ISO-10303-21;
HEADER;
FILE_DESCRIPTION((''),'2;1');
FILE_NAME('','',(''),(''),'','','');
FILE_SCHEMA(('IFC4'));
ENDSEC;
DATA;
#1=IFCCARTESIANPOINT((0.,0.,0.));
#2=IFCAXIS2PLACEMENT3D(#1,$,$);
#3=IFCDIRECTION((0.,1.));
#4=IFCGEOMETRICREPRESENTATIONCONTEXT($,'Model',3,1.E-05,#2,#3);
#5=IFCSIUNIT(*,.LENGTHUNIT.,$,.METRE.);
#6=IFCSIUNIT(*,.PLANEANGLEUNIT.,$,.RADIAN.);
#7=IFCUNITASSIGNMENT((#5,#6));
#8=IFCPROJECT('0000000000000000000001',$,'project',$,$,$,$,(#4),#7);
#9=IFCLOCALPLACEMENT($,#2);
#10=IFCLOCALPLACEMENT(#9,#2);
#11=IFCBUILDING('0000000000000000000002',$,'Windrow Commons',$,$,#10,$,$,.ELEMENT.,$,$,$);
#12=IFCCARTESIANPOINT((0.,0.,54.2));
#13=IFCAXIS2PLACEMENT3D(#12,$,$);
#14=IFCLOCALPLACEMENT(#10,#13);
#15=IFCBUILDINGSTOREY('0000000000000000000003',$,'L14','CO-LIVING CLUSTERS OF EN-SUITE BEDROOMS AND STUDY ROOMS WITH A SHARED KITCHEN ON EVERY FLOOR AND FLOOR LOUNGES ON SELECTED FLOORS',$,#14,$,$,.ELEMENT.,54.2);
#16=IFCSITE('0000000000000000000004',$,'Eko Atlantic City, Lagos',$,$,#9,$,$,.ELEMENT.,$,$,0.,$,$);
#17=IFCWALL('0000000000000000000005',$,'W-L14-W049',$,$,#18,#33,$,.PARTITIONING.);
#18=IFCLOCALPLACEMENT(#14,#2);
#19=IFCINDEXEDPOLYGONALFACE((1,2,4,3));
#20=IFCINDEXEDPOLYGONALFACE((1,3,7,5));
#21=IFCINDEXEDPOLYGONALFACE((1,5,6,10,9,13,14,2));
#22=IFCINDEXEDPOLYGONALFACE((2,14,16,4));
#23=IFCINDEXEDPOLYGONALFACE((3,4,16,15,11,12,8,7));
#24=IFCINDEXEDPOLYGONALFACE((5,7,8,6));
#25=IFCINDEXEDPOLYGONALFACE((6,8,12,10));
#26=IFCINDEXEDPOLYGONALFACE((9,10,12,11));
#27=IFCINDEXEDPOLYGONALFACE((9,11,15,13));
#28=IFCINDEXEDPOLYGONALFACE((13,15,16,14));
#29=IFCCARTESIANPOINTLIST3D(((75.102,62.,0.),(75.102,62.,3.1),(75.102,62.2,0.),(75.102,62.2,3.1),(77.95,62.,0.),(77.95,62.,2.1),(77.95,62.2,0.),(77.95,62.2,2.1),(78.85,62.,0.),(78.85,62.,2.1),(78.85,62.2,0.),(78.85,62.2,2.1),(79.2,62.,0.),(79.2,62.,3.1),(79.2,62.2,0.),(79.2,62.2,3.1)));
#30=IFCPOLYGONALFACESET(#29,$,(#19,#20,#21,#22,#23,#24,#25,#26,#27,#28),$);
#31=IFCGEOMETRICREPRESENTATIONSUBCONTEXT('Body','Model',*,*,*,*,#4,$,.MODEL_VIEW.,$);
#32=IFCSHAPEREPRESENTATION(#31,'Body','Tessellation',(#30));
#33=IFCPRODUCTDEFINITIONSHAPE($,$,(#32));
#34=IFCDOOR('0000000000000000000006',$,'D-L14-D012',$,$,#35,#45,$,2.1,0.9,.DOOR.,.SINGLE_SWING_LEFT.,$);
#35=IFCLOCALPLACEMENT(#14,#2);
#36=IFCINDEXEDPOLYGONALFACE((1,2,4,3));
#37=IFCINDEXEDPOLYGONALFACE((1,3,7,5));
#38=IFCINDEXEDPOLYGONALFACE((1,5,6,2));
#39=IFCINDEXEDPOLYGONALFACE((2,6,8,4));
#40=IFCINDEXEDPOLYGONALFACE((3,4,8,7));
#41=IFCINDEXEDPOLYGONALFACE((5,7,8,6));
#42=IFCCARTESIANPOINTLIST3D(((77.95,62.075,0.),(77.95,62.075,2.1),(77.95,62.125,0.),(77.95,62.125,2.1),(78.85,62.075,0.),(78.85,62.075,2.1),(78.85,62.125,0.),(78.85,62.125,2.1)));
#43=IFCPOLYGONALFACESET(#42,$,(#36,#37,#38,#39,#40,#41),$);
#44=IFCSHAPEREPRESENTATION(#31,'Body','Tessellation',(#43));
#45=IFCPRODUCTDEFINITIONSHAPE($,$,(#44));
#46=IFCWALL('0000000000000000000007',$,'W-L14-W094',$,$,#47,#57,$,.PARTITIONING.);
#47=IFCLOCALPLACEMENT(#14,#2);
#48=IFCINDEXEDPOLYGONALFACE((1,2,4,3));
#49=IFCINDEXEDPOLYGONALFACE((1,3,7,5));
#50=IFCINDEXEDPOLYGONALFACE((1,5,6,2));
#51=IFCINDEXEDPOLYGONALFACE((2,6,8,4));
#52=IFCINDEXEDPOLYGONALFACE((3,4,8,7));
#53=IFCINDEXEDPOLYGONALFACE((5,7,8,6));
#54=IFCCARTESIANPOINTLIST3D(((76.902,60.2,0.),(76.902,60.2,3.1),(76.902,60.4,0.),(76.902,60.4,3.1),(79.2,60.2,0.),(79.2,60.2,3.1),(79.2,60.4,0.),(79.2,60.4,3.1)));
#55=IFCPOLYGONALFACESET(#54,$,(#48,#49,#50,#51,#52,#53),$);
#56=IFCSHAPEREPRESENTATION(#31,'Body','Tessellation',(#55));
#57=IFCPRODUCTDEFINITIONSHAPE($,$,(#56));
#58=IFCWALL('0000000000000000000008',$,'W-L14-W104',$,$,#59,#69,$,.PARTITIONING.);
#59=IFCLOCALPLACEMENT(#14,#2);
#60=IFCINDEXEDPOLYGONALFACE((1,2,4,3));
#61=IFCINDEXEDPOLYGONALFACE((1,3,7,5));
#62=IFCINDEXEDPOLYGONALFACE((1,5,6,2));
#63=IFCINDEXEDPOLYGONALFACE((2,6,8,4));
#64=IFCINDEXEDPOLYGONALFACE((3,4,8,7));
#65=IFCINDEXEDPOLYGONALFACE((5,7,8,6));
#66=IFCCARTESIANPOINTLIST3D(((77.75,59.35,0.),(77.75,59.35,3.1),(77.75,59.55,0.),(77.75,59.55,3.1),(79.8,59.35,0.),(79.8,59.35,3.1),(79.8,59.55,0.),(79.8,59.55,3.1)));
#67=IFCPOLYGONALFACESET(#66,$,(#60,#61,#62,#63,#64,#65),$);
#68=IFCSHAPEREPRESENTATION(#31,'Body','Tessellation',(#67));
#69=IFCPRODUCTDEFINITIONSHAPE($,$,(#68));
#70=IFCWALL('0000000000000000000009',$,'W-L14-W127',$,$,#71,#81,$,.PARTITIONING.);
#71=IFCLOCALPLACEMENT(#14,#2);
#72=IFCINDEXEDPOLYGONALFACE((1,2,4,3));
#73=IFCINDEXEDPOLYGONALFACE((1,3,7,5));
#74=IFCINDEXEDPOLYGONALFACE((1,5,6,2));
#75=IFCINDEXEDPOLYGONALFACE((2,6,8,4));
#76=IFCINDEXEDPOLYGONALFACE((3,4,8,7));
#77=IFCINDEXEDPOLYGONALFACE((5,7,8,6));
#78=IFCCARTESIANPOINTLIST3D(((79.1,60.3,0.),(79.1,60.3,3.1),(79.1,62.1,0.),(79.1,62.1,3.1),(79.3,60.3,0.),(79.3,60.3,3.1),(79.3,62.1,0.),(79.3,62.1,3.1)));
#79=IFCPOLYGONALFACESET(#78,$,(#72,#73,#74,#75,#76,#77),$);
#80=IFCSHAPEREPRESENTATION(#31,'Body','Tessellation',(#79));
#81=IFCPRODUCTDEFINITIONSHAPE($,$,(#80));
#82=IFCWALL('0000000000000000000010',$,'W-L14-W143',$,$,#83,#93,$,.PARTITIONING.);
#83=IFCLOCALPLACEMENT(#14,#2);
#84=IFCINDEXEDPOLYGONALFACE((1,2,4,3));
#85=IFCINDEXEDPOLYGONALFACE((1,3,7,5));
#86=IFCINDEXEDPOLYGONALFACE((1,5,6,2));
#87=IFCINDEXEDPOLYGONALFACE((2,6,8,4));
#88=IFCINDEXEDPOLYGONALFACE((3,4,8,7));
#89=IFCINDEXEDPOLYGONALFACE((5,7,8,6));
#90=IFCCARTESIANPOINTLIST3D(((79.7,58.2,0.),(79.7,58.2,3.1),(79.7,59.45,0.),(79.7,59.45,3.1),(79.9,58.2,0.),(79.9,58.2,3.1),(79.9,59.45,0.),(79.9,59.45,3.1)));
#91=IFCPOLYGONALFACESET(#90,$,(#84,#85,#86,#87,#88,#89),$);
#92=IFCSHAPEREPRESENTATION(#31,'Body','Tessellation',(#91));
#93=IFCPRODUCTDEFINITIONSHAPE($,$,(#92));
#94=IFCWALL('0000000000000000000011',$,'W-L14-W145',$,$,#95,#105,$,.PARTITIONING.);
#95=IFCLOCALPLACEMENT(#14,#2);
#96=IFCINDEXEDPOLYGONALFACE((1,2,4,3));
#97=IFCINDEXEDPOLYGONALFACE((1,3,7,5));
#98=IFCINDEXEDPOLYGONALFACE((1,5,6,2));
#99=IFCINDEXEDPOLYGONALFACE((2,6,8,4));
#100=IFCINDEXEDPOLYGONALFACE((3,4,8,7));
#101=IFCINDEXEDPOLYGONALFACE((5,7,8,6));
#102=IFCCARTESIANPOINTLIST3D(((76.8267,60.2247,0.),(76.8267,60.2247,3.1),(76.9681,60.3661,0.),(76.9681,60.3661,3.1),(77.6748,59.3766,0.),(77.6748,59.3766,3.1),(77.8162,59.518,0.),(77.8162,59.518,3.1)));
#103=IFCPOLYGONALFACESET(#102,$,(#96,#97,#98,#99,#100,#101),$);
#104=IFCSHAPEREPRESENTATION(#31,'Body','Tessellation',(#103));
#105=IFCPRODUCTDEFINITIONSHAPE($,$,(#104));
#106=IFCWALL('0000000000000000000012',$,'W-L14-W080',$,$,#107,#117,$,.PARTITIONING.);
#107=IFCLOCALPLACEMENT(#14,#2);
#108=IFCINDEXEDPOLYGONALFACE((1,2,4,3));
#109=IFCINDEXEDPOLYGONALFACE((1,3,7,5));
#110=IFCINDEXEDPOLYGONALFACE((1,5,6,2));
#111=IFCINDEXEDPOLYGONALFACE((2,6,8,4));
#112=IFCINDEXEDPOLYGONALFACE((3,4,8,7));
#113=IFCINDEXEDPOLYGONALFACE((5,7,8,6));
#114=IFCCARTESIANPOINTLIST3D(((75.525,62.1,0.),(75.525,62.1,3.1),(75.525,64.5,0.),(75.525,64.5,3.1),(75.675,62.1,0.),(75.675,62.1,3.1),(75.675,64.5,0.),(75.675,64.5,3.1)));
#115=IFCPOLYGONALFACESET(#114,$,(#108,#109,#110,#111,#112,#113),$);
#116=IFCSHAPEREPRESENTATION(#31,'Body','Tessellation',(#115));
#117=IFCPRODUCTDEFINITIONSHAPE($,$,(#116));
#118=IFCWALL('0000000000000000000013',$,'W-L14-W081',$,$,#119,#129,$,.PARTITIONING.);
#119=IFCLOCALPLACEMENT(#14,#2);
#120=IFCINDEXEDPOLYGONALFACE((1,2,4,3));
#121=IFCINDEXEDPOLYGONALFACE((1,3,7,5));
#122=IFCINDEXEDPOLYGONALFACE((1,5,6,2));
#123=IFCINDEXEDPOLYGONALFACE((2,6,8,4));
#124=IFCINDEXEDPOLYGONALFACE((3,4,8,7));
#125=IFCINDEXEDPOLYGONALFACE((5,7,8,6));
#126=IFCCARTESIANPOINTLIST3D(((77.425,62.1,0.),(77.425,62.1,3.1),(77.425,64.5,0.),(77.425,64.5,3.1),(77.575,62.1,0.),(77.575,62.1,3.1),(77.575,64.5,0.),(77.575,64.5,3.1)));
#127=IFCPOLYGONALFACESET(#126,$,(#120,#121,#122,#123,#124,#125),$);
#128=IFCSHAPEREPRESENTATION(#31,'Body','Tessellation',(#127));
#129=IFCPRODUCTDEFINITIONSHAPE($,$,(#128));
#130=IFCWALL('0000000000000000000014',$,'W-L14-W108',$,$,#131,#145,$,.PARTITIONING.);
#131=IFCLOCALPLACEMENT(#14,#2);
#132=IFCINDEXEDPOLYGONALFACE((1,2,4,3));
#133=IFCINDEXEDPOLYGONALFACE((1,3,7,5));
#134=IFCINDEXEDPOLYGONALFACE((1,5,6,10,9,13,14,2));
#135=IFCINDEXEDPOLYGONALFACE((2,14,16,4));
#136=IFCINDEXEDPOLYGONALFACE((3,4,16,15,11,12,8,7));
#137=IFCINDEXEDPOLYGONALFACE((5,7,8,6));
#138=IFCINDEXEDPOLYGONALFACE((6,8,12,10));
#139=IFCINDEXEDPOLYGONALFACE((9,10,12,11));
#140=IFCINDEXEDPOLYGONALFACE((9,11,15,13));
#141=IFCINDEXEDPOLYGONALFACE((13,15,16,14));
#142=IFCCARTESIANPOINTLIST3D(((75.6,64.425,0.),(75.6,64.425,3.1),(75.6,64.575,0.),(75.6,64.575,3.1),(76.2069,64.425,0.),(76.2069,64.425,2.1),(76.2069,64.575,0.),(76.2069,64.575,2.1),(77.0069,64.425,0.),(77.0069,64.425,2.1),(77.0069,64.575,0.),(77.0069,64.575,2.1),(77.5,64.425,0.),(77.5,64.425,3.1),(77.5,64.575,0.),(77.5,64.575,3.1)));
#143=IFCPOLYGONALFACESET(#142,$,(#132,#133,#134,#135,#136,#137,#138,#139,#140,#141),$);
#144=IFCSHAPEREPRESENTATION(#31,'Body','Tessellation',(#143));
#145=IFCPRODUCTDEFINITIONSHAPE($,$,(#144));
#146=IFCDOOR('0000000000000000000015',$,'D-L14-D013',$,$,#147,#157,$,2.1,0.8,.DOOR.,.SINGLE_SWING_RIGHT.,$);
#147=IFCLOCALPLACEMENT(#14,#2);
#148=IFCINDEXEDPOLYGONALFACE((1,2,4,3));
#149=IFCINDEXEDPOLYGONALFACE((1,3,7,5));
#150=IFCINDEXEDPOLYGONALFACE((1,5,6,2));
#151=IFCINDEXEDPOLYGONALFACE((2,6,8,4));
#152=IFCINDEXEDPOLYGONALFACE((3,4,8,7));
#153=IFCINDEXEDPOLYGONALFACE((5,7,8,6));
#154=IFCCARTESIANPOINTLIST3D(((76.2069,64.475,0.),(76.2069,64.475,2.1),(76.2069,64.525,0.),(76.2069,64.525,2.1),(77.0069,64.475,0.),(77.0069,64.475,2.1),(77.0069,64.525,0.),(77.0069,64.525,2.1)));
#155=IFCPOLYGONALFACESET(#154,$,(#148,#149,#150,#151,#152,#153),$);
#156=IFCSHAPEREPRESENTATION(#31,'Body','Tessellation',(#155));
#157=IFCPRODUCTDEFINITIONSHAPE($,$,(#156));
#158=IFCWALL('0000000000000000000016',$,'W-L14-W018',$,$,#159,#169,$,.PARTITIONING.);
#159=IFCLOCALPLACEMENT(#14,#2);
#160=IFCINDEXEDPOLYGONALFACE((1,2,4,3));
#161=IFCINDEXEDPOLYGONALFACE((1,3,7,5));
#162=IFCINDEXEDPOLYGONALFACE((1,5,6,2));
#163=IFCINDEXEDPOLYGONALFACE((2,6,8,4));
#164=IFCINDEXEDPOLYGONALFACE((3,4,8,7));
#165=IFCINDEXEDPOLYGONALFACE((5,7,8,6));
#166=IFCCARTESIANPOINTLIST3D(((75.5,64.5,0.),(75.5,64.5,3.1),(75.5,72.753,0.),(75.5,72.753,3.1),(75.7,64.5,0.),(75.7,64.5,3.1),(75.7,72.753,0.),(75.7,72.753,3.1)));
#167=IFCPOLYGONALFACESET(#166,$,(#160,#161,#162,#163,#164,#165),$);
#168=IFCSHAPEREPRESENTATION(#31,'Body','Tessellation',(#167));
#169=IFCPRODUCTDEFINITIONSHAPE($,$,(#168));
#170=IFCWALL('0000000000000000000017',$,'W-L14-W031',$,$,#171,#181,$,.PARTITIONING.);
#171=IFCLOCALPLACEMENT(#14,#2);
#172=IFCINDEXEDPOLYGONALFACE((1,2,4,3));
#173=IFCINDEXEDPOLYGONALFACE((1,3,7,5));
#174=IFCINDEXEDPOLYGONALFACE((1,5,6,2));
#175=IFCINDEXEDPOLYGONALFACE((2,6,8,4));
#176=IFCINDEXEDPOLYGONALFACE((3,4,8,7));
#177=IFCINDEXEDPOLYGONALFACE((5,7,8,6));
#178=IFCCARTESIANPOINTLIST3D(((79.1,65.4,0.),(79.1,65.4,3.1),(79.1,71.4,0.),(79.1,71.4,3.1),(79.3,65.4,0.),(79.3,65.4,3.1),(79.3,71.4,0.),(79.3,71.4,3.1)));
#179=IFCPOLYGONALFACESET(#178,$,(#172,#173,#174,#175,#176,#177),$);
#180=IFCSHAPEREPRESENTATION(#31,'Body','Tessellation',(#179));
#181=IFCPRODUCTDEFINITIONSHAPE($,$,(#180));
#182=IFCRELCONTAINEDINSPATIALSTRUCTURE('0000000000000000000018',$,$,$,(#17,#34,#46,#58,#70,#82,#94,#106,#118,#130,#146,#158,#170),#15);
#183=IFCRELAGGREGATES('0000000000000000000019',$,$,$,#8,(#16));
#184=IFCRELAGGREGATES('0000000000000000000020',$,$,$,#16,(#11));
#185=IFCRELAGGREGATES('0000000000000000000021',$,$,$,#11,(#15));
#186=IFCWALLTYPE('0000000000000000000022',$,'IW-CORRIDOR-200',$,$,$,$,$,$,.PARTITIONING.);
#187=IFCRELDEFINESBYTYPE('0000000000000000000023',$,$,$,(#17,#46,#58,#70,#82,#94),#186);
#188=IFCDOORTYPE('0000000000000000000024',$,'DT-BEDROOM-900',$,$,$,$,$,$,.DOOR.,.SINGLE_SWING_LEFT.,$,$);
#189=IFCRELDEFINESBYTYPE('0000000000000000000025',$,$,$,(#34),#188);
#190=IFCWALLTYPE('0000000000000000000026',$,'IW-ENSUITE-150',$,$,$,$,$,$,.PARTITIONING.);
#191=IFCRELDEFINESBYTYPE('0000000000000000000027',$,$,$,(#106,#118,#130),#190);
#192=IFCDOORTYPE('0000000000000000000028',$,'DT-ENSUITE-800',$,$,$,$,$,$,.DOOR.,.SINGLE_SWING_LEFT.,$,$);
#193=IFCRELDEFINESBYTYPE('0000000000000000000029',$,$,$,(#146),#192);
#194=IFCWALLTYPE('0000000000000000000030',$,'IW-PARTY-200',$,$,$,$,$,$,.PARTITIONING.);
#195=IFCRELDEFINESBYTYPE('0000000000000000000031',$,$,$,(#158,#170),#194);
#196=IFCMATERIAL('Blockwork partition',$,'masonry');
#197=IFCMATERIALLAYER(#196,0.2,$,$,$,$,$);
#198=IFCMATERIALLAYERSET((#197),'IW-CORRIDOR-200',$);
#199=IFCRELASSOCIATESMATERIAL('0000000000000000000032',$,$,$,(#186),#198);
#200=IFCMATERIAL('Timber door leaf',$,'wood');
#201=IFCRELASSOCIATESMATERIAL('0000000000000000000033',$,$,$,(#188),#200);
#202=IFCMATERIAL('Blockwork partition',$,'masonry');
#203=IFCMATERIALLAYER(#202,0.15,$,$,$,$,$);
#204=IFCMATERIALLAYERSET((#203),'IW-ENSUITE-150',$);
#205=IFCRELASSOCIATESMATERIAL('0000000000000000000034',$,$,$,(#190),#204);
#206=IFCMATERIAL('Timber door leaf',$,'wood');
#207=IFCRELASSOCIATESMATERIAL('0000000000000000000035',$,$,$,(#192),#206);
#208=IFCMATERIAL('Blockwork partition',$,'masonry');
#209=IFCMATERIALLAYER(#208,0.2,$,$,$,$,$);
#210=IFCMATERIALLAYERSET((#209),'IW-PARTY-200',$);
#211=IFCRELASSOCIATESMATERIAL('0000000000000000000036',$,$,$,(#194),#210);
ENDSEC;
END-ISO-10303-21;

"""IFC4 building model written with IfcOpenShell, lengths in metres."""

from ifc_helpers import new_model, si_unit, direction, frame, frame_2d, origin, place, context, subcontext, project, spatial, rectangle, extrude, material, layer, layer_set, type_object, element, fill, save


model = new_model("IFC4")

# Units and contexts
model_context = context("Model", 3, precision=1e-05, world=origin(), true_north=direction((0.0, 1.0)))
body_context = subcontext(model_context, "Body", "Model", "MODEL_VIEW")
ifc_project = project(units=[si_unit("LENGTHUNIT", "METRE"), si_unit("PLANEANGLEUNIT", "RADIAN")], contexts=[model_context])

# Site, building, storey
site_placement = place(None, origin())
site = spatial("IfcSite", under=ifc_project, at=site_placement, Name="Eko Atlantic City, Lagos", CompositionType="ELEMENT", RefElevation=0.0)
building_placement = place(site_placement, origin())
building = spatial("IfcBuilding", under=site, at=building_placement, Name="Windrow Commons", CompositionType="ELEMENT")
storey_placement = place(building_placement, frame((0.0, 0.0, 54.2)))
storey = spatial("IfcBuildingStorey", under=building, at=storey_placement, Name="L14", Description="CO-LIVING CLUSTERS OF EN-SUITE BEDROOMS AND STUDY ROOMS WITH A SHARED KITCHEN ON EVERY FLOOR AND FLOOR LOUNGES ON SELECTED FLOORS", CompositionType="ELEMENT", Elevation=54.2)

# Wall, opening, door
ifc_material_1 = material(Name="Blockwork partition", Category="masonry")
ifc_layer_1 = layer(ifc_material_1, 0.2)
ifc_layer_set_1 = layer_set([ifc_layer_1], Name="IW-CORRIDOR-200")
wall_type_1 = type_object("IfcWallType", Name="IW-CORRIDOR-200", PredefinedType="PARTITIONING", material=ifc_layer_set_1)
wall_1_placement = place(storey_placement, frame((75.102, 62.1, 0.0), z_axis=(0.0, 0.0, 1.0), x_axis=(1.0, 0.0, 0.0)))
wall_1 = element("IfcWall", 1, at=wall_1_placement, inside=storey, type_object=wall_type_1, Name="W-L14-W049", PredefinedType="PARTITIONING", context=body_context, shape_type="SweptSolid", body=[
    extrude(rectangle(XDim=4.098, YDim=0.2, at=frame_2d((2.049, 0.0))), origin(), (0.0, 0.0, 1.0), 3.1),
])
opening_1_placement = place(wall_1_placement, frame((2.848, 0.0, 0.0)))
opening_1 = element("IfcOpeningElement", 2, at=opening_1_placement, cuts=wall_1, PredefinedType="OPENING", context=body_context, shape_type="SweptSolid", body=[
    extrude(rectangle(XDim=0.9, YDim=2.1, at=frame_2d((0.45, 1.05))), frame((0.0, 0.11, 0.0), z_axis=(0.0, -1.0, 0.0), x_axis=(1.0, 0.0, 0.0)), (0.0, 0.0, 1.0), 0.22),
])
ifc_material_2 = material(Name="Timber door leaf", Category="wood")
door_type_1 = type_object("IfcDoorType", Name="DT-BEDROOM-900", OperationType="SINGLE_SWING_LEFT", PredefinedType="DOOR", material=ifc_material_2)
door_1_placement = place(opening_1_placement, origin())
door_1 = element("IfcDoor", 3, at=door_1_placement, inside=storey, type_object=door_type_1, Name="D-L14-D012", OperationType="SINGLE_SWING_LEFT", OverallHeight=2.1, OverallWidth=0.9, PredefinedType="DOOR", context=body_context, shape_type="SweptSolid", body=[
    extrude(rectangle(XDim=0.9, YDim=2.1, at=frame_2d((0.45, 1.05))), frame((0.0, 0.025, 0.0), z_axis=(0.0, -1.0, 0.0), x_axis=(1.0, 0.0, 0.0)), (0.0, 0.0, 1.0), 0.05),
])
fill(opening_1, door_1)

# Walls
wall_2_placement = place(storey_placement, frame((76.902, 60.3, 0.0), z_axis=(0.0, 0.0, 1.0), x_axis=(1.0, 0.0, 0.0)))
element("IfcWall", 4, at=wall_2_placement, inside=storey, type_object=wall_type_1, Name="W-L14-W094", PredefinedType="PARTITIONING", context=body_context, shape_type="SweptSolid", body=[
    extrude(rectangle(XDim=2.298, YDim=0.2, at=frame_2d((1.149, 0.0))), origin(), (0.0, 0.0, 1.0), 3.1),
])
wall_3_placement = place(storey_placement, frame((77.75, 59.45, 0.0), z_axis=(0.0, 0.0, 1.0), x_axis=(1.0, 0.0, 0.0)))
element("IfcWall", 5, at=wall_3_placement, inside=storey, type_object=wall_type_1, Name="W-L14-W104", PredefinedType="PARTITIONING", context=body_context, shape_type="SweptSolid", body=[
    extrude(rectangle(XDim=2.05, YDim=0.2, at=frame_2d((1.025, 0.0))), origin(), (0.0, 0.0, 1.0), 3.1),
])
wall_4_placement = place(storey_placement, frame((79.2, 60.3, 0.0), z_axis=(0.0, 0.0, 1.0), x_axis=(0.0, 1.0, 0.0)))
element("IfcWall", 6, at=wall_4_placement, inside=storey, type_object=wall_type_1, Name="W-L14-W127", PredefinedType="PARTITIONING", context=body_context, shape_type="SweptSolid", body=[
    extrude(rectangle(XDim=1.8, YDim=0.2, at=frame_2d((0.9, 0.0))), origin(), (0.0, 0.0, 1.0), 3.1),
])
wall_5_placement = place(storey_placement, frame((79.8, 58.2, 0.0), z_axis=(0.0, 0.0, 1.0), x_axis=(0.0, 1.0, 0.0)))
element("IfcWall", 7, at=wall_5_placement, inside=storey, type_object=wall_type_1, Name="W-L14-W143", PredefinedType="PARTITIONING", context=body_context, shape_type="SweptSolid", body=[
    extrude(rectangle(XDim=1.25, YDim=0.2, at=frame_2d((0.625, 0.0))), origin(), (0.0, 0.0, 1.0), 3.1),
])
wall_6_placement = place(storey_placement, frame((76.8974, 60.2954, 0.0), z_axis=(0.0, 0.0, 1.0), x_axis=(0.707107, -0.707107, 0.0)))
element("IfcWall", 8, at=wall_6_placement, inside=storey, type_object=wall_type_1, Name="W-L14-W145", PredefinedType="PARTITIONING", context=body_context, shape_type="SweptSolid", body=[
    extrude(rectangle(XDim=1.1993, YDim=0.2, at=frame_2d((0.5997, 0.0))), origin(), (0.0, 0.0, 1.0), 3.1),
])
ifc_material_3 = material(Name="Blockwork partition", Category="masonry")
ifc_layer_2 = layer(ifc_material_3, 0.15)
ifc_layer_set_2 = layer_set([ifc_layer_2], Name="IW-ENSUITE-150")
wall_type_2 = type_object("IfcWallType", Name="IW-ENSUITE-150", PredefinedType="PARTITIONING", material=ifc_layer_set_2)
for number, where, z_axis, x_axis, name in (
    (9, (75.6, 62.1, 0.0), (0.0, 0.0, 1.0), (0.0, 1.0, 0.0), "W-L14-W080"),
    (10, (77.5, 62.1, 0.0), (0.0, 0.0, 1.0), (0.0, 1.0, 0.0), "W-L14-W081"),
):
    element("IfcWall", number, at=place(storey_placement, frame(where, z_axis=z_axis, x_axis=x_axis)), inside=storey, type_object=wall_type_2, Name=name, PredefinedType="PARTITIONING", context=body_context, shape_type="SweptSolid", body=[
        extrude(rectangle(XDim=2.4, YDim=0.15, at=frame_2d((1.2, 0.0))), origin(), (0.0, 0.0, 1.0), 3.1),
    ])

# Wall, opening, door
wall_7_placement = place(storey_placement, frame((75.6, 64.5, 0.0), z_axis=(0.0, 0.0, 1.0), x_axis=(1.0, 0.0, 0.0)))
wall_7 = element("IfcWall", 11, at=wall_7_placement, inside=storey, type_object=wall_type_2, Name="W-L14-W108", PredefinedType="PARTITIONING", context=body_context, shape_type="SweptSolid", body=[
    extrude(rectangle(XDim=1.9, YDim=0.15, at=frame_2d((0.95, 0.0))), origin(), (0.0, 0.0, 1.0), 3.1),
])
opening_2_placement = place(wall_7_placement, frame((0.6069, 0.0, 0.0)))
opening_2 = element("IfcOpeningElement", 12, at=opening_2_placement, cuts=wall_7, PredefinedType="OPENING", context=body_context, shape_type="SweptSolid", body=[
    extrude(rectangle(XDim=0.8, YDim=2.1, at=frame_2d((0.4, 1.05))), frame((0.0, 0.085, 0.0), z_axis=(0.0, -1.0, 0.0), x_axis=(1.0, 0.0, 0.0)), (0.0, 0.0, 1.0), 0.17),
])
ifc_material_4 = material(Name="Timber door leaf", Category="wood")
door_type_2 = type_object("IfcDoorType", Name="DT-ENSUITE-800", OperationType="SINGLE_SWING_LEFT", PredefinedType="DOOR", material=ifc_material_4)
door_2_placement = place(opening_2_placement, origin())
door_2 = element("IfcDoor", 13, at=door_2_placement, inside=storey, type_object=door_type_2, Name="D-L14-D013", OperationType="SINGLE_SWING_RIGHT", OverallHeight=2.1, OverallWidth=0.8, PredefinedType="DOOR", context=body_context, shape_type="SweptSolid", body=[
    extrude(rectangle(XDim=0.8, YDim=2.1, at=frame_2d((0.4, 1.05))), frame((0.0, 0.025, 0.0), z_axis=(0.0, -1.0, 0.0), x_axis=(1.0, 0.0, 0.0)), (0.0, 0.0, 1.0), 0.05),
])
fill(opening_2, door_2)

# Walls
ifc_material_5 = material(Name="Blockwork partition", Category="masonry")
ifc_layer_3 = layer(ifc_material_5, 0.2)
ifc_layer_set_3 = layer_set([ifc_layer_3], Name="IW-PARTY-200")
wall_type_3 = type_object("IfcWallType", Name="IW-PARTY-200", PredefinedType="PARTITIONING", material=ifc_layer_set_3)
wall_8_placement = place(storey_placement, frame((75.6, 64.5, 0.0), z_axis=(0.0, 0.0, 1.0), x_axis=(0.0, 1.0, 0.0)))
element("IfcWall", 14, at=wall_8_placement, inside=storey, type_object=wall_type_3, Name="W-L14-W018", PredefinedType="PARTITIONING", context=body_context, shape_type="SweptSolid", body=[
    extrude(rectangle(XDim=8.2531, YDim=0.2, at=frame_2d((4.1265, 0.0))), origin(), (0.0, 0.0, 1.0), 3.1),
])
wall_9_placement = place(storey_placement, frame((79.2, 65.4, 0.0), z_axis=(0.0, 0.0, 1.0), x_axis=(0.0, 1.0, 0.0)))
element("IfcWall", 15, at=wall_9_placement, inside=storey, type_object=wall_type_3, Name="W-L14-W031", PredefinedType="PARTITIONING", context=body_context, shape_type="SweptSolid", body=[
    extrude(rectangle(XDim=6.0, YDim=0.2, at=frame_2d((3.0, 0.0))), origin(), (0.0, 0.0, 1.0), 3.1),
])

save(model, "model.ifc")
